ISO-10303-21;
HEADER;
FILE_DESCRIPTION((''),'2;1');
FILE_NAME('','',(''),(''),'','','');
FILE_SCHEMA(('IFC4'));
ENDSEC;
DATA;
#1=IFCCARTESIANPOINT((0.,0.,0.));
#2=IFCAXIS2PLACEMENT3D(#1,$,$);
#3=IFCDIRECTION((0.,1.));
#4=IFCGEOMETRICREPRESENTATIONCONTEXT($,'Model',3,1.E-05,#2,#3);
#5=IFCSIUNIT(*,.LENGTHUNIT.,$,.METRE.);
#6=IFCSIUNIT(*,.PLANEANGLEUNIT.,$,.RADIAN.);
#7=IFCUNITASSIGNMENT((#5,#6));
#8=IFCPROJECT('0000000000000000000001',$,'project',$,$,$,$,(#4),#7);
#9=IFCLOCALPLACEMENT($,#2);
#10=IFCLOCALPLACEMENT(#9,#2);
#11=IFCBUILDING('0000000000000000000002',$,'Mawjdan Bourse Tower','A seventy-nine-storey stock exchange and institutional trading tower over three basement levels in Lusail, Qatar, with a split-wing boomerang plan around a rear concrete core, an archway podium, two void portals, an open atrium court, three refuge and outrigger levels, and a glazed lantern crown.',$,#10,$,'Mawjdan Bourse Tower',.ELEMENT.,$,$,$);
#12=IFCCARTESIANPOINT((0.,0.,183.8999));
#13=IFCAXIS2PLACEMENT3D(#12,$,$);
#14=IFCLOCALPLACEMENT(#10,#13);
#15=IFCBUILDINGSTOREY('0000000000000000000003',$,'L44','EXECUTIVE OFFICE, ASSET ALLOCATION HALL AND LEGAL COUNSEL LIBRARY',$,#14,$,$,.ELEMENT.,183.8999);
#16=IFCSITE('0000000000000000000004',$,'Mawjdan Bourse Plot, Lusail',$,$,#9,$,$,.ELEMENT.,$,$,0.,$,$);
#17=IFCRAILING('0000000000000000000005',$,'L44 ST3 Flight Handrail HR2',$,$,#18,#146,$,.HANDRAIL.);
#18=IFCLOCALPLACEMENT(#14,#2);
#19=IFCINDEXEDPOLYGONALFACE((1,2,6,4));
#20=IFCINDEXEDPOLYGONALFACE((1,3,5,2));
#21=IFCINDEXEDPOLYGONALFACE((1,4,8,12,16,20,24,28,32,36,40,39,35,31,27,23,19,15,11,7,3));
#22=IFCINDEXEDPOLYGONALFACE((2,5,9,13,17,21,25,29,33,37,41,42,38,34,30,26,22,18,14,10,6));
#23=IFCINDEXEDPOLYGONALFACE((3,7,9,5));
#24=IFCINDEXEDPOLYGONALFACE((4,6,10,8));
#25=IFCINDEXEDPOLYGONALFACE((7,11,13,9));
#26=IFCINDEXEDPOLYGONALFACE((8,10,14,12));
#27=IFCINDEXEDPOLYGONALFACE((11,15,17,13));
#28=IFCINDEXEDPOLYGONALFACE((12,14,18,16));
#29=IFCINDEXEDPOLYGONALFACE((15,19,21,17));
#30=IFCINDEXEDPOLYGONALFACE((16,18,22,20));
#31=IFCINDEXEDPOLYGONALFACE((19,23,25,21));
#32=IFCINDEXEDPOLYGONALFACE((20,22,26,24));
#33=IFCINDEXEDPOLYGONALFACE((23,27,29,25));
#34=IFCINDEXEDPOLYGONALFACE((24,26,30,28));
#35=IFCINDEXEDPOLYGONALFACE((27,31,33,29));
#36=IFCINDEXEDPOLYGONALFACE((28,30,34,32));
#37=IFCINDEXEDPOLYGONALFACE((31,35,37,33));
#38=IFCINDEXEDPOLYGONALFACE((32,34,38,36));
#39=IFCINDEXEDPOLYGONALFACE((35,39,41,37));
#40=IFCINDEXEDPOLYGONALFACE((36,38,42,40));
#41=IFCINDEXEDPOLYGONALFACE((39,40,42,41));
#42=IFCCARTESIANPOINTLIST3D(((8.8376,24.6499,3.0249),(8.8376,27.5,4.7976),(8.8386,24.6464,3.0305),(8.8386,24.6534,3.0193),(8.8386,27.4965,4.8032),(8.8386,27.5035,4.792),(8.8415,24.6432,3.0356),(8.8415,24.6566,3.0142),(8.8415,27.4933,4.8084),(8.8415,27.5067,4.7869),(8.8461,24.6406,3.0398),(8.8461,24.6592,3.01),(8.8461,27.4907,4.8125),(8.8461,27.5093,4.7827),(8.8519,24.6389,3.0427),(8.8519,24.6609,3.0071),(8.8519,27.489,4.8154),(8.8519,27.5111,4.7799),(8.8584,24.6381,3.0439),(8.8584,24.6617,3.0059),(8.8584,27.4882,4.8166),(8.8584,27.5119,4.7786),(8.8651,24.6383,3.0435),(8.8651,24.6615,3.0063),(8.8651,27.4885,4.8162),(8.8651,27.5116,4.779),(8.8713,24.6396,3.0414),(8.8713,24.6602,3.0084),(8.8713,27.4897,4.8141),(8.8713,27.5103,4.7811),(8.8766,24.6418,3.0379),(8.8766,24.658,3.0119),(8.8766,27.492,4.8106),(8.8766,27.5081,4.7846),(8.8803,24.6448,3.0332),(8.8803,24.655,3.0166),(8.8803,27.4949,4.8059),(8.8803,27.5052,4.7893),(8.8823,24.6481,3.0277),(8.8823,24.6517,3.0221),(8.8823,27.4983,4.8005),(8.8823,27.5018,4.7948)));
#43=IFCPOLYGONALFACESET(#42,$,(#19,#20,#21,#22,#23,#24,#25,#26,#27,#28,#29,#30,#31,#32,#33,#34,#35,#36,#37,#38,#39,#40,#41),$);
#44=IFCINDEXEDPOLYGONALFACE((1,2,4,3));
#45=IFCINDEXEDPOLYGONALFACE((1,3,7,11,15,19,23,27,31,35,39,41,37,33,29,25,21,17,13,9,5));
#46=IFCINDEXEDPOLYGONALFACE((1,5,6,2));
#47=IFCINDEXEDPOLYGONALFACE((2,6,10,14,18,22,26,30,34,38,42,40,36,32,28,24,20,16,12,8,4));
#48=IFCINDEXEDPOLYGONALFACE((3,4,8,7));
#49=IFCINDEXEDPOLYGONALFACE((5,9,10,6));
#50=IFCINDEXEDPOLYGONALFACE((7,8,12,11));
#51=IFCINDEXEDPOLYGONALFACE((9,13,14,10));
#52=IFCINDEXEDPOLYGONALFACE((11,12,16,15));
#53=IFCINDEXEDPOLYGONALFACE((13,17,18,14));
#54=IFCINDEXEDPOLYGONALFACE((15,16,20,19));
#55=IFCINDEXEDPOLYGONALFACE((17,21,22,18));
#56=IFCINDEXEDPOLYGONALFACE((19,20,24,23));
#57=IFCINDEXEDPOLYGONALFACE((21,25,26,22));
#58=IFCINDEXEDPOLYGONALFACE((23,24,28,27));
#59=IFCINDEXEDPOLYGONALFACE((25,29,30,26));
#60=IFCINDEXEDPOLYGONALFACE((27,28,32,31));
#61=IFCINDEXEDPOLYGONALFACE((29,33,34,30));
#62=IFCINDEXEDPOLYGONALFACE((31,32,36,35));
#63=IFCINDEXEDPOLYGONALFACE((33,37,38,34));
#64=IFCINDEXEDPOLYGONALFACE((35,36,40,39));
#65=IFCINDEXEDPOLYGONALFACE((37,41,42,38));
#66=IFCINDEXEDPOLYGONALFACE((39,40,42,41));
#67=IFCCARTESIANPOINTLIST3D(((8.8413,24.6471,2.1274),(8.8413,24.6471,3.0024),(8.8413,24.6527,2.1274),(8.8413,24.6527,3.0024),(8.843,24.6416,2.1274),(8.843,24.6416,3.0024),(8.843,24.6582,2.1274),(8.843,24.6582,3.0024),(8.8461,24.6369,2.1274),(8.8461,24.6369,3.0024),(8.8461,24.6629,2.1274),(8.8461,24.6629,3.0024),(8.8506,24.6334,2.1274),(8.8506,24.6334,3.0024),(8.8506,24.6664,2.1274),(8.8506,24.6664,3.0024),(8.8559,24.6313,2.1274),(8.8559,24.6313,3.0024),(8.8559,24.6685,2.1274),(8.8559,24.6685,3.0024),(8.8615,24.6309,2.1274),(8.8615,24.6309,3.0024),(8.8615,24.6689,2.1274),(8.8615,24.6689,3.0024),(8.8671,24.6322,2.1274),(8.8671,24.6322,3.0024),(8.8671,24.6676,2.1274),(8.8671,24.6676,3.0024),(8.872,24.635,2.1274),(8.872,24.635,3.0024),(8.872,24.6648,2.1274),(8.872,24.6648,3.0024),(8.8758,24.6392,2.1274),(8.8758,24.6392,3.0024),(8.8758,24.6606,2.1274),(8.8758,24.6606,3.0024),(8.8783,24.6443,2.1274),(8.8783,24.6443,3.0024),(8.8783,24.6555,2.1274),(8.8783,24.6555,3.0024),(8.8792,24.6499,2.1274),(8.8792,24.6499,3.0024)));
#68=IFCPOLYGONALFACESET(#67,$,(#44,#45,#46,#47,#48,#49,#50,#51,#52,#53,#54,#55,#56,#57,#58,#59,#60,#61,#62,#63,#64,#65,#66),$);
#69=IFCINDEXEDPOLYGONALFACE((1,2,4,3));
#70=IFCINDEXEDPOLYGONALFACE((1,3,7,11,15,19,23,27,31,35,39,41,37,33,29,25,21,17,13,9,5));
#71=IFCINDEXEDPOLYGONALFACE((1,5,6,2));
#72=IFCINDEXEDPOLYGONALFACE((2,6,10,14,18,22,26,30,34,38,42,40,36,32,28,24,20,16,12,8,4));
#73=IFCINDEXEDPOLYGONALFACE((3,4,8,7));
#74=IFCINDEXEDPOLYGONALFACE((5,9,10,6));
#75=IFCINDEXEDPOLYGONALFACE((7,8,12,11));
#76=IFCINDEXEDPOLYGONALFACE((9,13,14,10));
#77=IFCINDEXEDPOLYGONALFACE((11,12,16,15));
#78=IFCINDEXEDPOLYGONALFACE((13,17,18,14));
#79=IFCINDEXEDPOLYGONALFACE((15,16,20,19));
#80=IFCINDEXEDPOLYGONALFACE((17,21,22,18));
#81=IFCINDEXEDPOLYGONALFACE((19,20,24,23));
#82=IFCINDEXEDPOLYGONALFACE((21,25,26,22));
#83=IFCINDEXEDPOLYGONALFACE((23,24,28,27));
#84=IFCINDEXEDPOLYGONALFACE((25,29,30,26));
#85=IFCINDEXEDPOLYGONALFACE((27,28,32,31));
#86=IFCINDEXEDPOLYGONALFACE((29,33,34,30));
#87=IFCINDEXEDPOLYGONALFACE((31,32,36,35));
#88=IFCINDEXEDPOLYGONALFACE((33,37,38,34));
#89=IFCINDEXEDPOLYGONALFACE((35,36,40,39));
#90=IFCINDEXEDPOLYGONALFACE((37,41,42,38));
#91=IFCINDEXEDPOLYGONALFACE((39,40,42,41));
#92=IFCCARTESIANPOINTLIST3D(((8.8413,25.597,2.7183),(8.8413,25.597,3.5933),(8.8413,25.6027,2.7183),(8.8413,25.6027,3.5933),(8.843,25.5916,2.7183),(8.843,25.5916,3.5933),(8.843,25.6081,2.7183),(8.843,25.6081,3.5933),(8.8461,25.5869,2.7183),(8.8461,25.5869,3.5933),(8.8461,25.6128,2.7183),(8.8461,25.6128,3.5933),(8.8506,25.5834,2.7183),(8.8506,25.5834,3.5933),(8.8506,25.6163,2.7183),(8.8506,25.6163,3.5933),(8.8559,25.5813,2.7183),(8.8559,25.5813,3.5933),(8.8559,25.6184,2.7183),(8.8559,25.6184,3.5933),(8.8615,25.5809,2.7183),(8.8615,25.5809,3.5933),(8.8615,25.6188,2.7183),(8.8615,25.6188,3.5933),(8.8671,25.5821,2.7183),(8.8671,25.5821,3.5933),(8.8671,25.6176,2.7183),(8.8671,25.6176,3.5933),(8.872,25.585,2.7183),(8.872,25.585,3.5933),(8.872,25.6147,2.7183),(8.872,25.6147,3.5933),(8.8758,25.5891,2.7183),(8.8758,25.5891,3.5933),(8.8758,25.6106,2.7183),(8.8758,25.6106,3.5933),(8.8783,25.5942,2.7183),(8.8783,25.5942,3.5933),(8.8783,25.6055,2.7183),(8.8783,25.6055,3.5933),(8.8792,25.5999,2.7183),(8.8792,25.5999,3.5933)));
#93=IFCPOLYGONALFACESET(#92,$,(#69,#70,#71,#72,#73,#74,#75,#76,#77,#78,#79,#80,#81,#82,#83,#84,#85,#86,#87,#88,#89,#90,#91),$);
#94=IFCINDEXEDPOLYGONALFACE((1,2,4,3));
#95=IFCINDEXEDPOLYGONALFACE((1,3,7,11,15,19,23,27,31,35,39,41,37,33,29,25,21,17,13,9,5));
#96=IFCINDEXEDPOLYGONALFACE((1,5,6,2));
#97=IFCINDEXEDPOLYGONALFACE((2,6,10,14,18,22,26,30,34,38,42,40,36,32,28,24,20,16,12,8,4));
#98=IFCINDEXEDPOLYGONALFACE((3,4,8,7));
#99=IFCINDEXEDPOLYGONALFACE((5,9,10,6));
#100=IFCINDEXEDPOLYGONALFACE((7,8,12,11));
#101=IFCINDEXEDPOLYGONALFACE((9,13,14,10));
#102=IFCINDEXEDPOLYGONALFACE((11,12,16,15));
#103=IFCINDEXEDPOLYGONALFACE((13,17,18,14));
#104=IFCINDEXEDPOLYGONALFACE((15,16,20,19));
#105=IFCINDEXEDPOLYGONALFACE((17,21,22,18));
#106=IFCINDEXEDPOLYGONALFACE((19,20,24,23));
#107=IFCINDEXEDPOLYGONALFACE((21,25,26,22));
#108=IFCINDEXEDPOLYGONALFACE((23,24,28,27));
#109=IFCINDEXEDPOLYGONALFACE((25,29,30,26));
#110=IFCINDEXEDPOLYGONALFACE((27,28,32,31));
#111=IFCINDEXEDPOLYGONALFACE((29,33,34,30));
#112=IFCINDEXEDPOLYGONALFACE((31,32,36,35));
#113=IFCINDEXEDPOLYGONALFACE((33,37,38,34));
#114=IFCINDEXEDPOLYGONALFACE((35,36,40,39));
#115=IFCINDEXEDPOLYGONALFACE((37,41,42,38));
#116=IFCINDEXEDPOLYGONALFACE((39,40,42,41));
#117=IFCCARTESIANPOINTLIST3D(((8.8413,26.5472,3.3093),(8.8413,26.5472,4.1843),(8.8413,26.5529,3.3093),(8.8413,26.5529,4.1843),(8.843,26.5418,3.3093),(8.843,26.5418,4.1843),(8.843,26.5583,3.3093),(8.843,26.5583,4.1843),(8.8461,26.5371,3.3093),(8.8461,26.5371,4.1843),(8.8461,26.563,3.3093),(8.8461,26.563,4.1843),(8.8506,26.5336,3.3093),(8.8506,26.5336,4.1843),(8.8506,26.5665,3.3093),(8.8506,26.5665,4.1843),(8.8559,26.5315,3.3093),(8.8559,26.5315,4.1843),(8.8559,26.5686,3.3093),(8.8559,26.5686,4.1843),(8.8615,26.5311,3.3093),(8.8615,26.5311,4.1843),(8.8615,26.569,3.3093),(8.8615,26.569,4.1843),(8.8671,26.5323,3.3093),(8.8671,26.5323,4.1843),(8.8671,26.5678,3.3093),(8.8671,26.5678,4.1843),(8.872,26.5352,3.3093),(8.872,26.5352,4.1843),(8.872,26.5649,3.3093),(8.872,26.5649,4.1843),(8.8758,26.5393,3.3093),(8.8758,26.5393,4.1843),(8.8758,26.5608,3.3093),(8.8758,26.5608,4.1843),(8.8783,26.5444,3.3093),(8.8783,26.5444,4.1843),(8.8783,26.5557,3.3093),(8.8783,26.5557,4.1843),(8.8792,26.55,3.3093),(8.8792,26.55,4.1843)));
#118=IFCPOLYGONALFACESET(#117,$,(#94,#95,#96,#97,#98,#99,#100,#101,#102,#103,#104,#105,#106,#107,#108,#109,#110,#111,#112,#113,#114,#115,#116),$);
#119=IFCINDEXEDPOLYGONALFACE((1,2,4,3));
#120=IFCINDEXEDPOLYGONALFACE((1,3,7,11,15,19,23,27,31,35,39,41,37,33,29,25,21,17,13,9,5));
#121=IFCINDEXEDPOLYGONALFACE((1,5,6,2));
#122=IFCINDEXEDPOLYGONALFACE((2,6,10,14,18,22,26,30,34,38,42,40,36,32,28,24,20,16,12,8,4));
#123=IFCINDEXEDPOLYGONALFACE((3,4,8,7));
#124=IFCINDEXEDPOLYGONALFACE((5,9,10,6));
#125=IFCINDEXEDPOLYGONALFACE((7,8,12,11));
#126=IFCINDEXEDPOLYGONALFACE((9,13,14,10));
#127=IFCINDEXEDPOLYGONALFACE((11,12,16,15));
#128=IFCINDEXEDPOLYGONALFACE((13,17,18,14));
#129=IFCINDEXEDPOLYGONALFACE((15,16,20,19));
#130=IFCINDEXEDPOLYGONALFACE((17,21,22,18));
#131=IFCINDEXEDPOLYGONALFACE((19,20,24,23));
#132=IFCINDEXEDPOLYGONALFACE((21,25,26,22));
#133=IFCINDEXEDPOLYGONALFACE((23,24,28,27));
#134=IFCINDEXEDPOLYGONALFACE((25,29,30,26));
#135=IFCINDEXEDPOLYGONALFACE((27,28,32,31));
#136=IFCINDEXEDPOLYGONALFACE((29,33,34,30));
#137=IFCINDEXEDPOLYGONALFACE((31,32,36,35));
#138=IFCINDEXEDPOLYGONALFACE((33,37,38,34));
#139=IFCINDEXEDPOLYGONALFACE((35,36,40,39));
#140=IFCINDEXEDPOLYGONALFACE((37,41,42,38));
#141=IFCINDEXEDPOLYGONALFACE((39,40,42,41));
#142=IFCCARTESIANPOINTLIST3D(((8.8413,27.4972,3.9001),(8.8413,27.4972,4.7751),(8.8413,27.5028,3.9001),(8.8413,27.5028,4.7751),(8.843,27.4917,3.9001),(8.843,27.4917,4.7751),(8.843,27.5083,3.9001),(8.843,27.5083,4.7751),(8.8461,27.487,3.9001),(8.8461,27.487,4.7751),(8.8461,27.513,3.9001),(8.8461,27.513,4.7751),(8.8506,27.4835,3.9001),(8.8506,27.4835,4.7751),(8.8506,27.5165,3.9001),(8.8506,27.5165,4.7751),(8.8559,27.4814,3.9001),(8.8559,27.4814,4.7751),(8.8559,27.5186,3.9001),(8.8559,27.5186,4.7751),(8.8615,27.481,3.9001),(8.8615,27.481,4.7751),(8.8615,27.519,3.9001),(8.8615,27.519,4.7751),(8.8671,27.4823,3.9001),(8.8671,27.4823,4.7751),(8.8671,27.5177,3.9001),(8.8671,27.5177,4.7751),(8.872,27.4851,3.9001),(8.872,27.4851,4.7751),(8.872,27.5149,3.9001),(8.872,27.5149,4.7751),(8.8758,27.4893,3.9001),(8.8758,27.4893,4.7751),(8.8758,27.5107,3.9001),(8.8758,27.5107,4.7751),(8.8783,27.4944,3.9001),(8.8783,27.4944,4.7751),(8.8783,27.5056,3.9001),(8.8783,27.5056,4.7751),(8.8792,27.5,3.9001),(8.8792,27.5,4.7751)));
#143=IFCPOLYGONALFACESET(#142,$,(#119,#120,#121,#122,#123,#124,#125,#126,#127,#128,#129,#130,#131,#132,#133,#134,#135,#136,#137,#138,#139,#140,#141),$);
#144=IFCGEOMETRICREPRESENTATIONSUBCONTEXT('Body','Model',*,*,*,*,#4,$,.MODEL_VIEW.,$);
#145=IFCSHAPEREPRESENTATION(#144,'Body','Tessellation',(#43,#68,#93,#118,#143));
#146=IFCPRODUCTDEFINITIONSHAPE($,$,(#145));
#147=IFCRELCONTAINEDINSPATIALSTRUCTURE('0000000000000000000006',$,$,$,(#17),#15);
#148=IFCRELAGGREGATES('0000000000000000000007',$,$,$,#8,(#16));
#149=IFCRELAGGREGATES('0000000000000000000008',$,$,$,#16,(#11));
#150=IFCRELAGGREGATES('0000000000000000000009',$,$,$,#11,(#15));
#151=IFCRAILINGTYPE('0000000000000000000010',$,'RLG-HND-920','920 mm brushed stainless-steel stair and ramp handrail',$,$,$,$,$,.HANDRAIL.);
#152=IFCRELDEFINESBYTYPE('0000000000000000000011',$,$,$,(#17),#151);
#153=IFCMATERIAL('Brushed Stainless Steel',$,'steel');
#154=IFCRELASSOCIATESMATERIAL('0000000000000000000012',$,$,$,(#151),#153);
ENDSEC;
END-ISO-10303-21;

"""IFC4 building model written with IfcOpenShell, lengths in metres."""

from ifc_helpers import new_model, si_unit, direction, frame, origin, origin_2d, place, context, subcontext, project, spatial, circle, extrude, material, type_object, element, save


model = new_model("IFC4")

# Units and contexts
model_context = context("Model", 3, precision=1e-05, world=origin(), true_north=direction((0.0, 1.0)))
body_context = subcontext(model_context, "Body", "Model", "MODEL_VIEW")
ifc_project = project(units=[si_unit("LENGTHUNIT", "METRE"), si_unit("PLANEANGLEUNIT", "RADIAN")], contexts=[model_context])

# Site, building, storey
site_placement = place(None, origin())
site = spatial("IfcSite", under=ifc_project, at=site_placement, Name="Mawjdan Bourse Plot, Lusail", CompositionType="ELEMENT", RefElevation=0.0)
building_placement = place(site_placement, origin())
building = spatial("IfcBuilding", under=site, at=building_placement, Name="Mawjdan Bourse Tower", Description="A seventy-nine-storey stock exchange and institutional trading tower over three basement levels in Lusail, Qatar, with a split-wing boomerang plan around a rear concrete core, an archway podium, two void portals, an open atrium court, three refuge and outrigger levels, and a glazed lantern crown.", LongName="Mawjdan Bourse Tower", CompositionType="ELEMENT")
storey_placement = place(building_placement, frame((0.0, 0.0, 183.8999)))
storey = spatial("IfcBuildingStorey", under=building, at=storey_placement, Name="L44", Description="EXECUTIVE OFFICE, ASSET ALLOCATION HALL AND LEGAL COUNSEL LIBRARY", CompositionType="ELEMENT", Elevation=183.8999)

# Railing
ifc_material_1 = material(Name="Brushed Stainless Steel", Category="steel")
railing_type_1 = type_object("IfcRailingType", Name="RLG-HND-920", Description="920 mm brushed stainless-steel stair and ramp handrail", PredefinedType="HANDRAIL", material=ifc_material_1)
railing_1_placement = place(storey_placement, frame((8.8601, 24.6499, 2.1274)))
element("IfcRailing", 1, at=railing_1_placement, inside=storey, type_object=railing_type_1, Name="L44 ST3 Flight Handrail HR2", PredefinedType="HANDRAIL", context=body_context, shape_type="SweptSolid", body=[
    extrude(circle(Radius=0.0225, at=origin_2d()), frame((0.0, 0.0, 0.8975), z_axis=(0.0, 0.849149, 0.528154), x_axis=(-1.0, 0.0, 0.0)), (0.0, 0.0, 1.0), 3.3564),
    extrude(circle(Radius=0.019, at=origin_2d()), origin(), (0.0, 0.0, 1.0), 0.875),
    extrude(circle(Radius=0.019, at=origin_2d()), frame((0.0, 0.95, 0.5908)), (0.0, 0.0, 1.0), 0.875),
    extrude(circle(Radius=0.019, at=origin_2d()), frame((0.0, 1.9001, 1.1819)), (0.0, 0.0, 1.0), 0.875),
    extrude(circle(Radius=0.019, at=origin_2d()), frame((0.0, 2.8501, 1.7727)), (0.0, 0.0, 1.0), 0.875),
])

save(model, "model.ifc")
